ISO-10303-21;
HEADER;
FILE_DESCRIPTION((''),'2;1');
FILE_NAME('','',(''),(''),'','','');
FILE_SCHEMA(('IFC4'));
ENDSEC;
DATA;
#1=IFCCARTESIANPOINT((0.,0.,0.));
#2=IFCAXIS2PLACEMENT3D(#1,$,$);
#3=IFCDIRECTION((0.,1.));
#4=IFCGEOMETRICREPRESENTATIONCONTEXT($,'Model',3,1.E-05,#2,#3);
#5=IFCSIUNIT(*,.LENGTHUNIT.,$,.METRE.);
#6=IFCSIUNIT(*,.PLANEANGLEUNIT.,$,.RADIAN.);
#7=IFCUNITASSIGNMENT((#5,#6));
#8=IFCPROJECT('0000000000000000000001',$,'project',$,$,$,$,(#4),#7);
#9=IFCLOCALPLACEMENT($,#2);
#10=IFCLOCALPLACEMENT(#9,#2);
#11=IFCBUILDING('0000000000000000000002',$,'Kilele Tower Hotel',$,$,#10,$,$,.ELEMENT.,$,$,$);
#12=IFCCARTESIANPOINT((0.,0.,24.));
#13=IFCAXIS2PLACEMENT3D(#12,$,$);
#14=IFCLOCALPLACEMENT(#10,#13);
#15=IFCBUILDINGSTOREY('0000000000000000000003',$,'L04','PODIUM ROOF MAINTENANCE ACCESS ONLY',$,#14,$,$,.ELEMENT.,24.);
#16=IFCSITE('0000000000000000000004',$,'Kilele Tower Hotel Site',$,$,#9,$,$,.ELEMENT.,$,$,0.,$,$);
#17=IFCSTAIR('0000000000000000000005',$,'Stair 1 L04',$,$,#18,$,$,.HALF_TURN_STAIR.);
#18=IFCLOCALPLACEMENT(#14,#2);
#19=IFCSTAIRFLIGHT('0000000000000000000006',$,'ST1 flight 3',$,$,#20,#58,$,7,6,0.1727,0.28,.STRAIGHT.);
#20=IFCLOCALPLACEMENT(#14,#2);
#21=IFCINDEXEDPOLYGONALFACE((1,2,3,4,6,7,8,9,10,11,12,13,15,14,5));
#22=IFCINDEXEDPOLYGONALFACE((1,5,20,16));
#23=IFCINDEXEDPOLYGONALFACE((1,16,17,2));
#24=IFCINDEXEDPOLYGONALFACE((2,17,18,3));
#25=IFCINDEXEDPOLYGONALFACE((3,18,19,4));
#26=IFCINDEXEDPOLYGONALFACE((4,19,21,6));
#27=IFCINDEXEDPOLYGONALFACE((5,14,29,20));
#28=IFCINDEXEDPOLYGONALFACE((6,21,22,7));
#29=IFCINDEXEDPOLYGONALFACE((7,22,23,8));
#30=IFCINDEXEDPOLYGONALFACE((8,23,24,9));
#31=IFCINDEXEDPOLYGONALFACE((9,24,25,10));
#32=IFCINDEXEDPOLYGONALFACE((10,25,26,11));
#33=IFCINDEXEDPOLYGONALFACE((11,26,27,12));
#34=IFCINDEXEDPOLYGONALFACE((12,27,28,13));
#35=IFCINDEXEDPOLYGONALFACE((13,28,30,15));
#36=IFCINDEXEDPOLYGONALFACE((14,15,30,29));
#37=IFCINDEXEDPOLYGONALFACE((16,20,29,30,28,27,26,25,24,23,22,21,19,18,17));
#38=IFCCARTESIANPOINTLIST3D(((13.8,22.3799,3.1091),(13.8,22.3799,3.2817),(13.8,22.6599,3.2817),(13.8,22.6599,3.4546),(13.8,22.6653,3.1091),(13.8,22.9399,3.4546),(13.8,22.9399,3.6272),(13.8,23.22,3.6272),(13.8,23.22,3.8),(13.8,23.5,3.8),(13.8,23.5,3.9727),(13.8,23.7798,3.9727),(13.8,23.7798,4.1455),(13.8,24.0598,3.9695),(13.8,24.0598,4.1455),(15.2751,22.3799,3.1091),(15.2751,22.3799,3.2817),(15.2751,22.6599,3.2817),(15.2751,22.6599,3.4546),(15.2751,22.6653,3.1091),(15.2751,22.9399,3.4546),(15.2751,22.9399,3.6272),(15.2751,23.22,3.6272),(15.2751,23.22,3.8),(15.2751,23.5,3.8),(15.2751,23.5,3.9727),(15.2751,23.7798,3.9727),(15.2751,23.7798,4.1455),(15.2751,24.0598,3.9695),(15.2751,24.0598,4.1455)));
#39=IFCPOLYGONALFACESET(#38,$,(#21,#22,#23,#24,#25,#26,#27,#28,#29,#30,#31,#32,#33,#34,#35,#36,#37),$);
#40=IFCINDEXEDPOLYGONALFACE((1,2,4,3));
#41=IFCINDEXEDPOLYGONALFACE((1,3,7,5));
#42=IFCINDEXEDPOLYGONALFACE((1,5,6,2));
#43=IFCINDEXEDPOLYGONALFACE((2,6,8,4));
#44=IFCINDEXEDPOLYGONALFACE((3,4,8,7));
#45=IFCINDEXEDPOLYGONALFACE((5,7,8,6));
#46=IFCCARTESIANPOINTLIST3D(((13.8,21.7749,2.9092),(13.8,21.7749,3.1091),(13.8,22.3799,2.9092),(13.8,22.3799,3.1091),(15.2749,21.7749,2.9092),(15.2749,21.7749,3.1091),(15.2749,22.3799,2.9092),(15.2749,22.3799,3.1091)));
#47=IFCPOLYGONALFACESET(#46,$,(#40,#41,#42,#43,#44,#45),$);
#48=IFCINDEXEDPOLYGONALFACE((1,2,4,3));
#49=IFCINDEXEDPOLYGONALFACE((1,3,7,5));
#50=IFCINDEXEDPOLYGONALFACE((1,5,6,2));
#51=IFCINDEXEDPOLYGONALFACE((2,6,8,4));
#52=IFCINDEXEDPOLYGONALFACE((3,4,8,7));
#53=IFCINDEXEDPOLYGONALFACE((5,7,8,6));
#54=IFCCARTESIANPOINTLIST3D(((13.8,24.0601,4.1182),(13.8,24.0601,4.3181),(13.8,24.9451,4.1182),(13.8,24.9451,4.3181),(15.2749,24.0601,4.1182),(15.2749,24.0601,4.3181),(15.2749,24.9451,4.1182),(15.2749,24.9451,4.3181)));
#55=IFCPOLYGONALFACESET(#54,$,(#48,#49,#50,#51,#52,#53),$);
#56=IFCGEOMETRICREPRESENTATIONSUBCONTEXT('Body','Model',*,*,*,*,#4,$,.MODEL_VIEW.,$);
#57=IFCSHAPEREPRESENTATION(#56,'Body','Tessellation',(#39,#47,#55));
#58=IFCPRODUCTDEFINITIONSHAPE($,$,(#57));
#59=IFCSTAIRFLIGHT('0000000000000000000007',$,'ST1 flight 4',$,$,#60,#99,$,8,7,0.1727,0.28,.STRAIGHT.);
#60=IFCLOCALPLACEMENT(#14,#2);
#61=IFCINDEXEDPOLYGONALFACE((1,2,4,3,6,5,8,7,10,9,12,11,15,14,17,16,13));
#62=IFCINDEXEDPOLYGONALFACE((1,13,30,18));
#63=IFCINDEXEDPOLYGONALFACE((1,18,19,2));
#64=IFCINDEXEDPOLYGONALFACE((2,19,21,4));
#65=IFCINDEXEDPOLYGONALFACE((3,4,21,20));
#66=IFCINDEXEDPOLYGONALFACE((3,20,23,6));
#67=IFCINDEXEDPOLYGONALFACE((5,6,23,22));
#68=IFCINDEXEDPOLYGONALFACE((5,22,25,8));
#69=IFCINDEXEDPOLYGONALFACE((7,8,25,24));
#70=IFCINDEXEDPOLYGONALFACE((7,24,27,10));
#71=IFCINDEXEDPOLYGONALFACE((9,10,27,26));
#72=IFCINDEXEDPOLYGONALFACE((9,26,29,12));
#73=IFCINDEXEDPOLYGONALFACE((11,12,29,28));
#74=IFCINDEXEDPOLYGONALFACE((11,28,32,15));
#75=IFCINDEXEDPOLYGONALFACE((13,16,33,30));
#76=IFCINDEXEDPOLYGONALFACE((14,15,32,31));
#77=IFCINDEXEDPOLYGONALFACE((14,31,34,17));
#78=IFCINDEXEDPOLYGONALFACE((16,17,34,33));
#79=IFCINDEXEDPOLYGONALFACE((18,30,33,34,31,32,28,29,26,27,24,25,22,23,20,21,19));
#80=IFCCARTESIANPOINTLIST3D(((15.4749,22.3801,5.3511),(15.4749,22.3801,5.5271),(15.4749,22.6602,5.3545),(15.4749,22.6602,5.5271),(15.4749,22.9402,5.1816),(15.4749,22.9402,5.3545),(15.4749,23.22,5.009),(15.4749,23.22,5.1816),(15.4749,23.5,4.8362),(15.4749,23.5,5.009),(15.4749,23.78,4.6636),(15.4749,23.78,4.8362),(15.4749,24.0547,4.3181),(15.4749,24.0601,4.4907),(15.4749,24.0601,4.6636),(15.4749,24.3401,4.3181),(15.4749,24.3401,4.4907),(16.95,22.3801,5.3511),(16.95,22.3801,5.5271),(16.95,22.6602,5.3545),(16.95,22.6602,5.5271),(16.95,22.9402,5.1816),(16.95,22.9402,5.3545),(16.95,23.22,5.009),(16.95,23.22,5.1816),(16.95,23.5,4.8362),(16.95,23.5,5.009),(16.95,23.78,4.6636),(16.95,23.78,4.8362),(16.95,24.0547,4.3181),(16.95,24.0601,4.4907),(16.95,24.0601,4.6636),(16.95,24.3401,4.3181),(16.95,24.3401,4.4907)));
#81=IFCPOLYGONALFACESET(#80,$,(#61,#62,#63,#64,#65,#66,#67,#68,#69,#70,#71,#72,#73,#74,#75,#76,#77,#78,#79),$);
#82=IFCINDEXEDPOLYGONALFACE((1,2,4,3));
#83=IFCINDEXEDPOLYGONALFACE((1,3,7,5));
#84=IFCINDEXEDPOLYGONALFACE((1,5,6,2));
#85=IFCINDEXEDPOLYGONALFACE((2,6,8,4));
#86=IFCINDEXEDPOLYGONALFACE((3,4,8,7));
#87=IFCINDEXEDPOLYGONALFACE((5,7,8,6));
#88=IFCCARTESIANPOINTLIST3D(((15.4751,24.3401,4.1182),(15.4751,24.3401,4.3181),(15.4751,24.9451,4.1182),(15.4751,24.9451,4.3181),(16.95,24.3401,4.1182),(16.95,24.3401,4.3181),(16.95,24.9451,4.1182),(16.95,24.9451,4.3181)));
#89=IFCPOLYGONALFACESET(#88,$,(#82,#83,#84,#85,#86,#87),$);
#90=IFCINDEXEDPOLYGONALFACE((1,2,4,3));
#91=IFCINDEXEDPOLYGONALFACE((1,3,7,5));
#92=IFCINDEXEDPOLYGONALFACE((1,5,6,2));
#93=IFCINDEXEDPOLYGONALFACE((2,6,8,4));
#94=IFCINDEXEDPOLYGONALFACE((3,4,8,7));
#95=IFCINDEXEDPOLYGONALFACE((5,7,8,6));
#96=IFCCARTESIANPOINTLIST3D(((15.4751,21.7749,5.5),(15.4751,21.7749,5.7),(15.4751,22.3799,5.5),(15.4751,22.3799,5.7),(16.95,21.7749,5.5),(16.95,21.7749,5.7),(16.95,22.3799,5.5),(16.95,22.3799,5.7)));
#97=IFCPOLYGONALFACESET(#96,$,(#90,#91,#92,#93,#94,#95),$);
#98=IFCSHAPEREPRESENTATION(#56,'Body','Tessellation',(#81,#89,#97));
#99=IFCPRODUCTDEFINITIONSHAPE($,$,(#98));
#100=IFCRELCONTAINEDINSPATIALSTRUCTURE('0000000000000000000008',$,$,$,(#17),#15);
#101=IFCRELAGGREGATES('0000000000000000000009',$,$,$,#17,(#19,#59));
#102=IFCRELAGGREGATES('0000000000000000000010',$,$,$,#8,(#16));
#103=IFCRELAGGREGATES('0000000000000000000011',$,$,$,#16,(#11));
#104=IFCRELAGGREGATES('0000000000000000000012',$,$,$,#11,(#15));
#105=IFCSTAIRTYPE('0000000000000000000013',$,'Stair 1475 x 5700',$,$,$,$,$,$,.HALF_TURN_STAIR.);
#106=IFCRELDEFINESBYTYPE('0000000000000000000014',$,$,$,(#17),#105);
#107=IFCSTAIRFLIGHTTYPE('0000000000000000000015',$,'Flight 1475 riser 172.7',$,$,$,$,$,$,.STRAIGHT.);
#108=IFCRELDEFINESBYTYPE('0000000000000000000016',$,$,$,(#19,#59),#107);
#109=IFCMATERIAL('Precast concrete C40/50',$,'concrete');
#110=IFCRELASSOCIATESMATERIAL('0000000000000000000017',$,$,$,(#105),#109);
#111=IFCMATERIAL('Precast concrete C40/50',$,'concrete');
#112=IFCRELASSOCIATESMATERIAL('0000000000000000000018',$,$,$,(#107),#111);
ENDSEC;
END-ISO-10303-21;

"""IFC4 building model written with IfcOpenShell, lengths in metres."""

from ifc_helpers import new_model, si_unit, direction, frame, origin, place, context, subcontext, project, spatial, polyline, outline, extrude, material, type_object, element, aggregate, save


model = new_model("IFC4")

# Units and contexts
model_context = context("Model", 3, precision=1e-05, world=origin(), true_north=direction((0.0, 1.0)))
body_context = subcontext(model_context, "Body", "Model", "MODEL_VIEW")
ifc_project = project(units=[si_unit("LENGTHUNIT", "METRE"), si_unit("PLANEANGLEUNIT", "RADIAN")], contexts=[model_context])

# Site, building, storey
site_placement = place(None, origin())
site = spatial("IfcSite", under=ifc_project, at=site_placement, Name="Kilele Tower Hotel Site", CompositionType="ELEMENT", RefElevation=0.0)
building_placement = place(site_placement, origin())
building = spatial("IfcBuilding", under=site, at=building_placement, Name="Kilele Tower Hotel", CompositionType="ELEMENT")
storey_placement = place(building_placement, frame((0.0, 0.0, 24.0)))
storey = spatial("IfcBuildingStorey", under=building, at=storey_placement, Name="L04", Description="PODIUM ROOF MAINTENANCE ACCESS ONLY", CompositionType="ELEMENT", Elevation=24.0)

# Stair, stair flights
ifc_material_1 = material(Name="Precast concrete C40/50", Category="concrete")
stair_type = type_object("IfcStairType", Name="Stair 1475 x 5700", PredefinedType="HALF_TURN_STAIR", material=ifc_material_1)
stair_placement = place(storey_placement, origin())
stair = element("IfcStair", 1, at=stair_placement, inside=storey, type_object=stair_type, Name="Stair 1 L04", PredefinedType="HALF_TURN_STAIR")
ifc_material_2 = material(Name="Precast concrete C40/50", Category="concrete")
stair_flight_type = type_object("IfcStairFlightType", Name="Flight 1475 riser 172.7", PredefinedType="STRAIGHT", material=ifc_material_2)
stair_flight_1_placement = place(storey_placement, frame((14.5376, 22.3799, 3.1091), z_axis=(0.0, 0.0, 1.0), x_axis=(0.0, 1.0, 0.0)))
stair_flight_1 = element("IfcStairFlight", 2, at=stair_flight_1_placement, type_object=stair_flight_type, Name="ST1 flight 3", NumberOfRisers=7, NumberOfTreads=6, PredefinedType="STRAIGHT", RiserHeight=0.1727, TreadLength=0.28, context=body_context, shape_type="SweptSolid", body=[
    extrude(outline(polyline([(0.0, 0.0), (0.0, 0.1726), (0.28, 0.1726), (0.28, 0.3455), (0.5601, 0.3455), (0.5601, 0.5181), (0.8401, 0.5181), (0.8401, 0.6909), (1.1201, 0.6909), (1.1201, 0.8635), (1.3999, 0.8635), (1.3999, 1.0364), (1.6799, 1.0364), (1.6799, 1.209), (1.6799, 0.8604), (0.2854, 0.0), (0.0, 0.0)])), frame((0.0, 0.7375, 0.0), z_axis=(0.0, -1.0, 0.0), x_axis=(1.0, 0.0, 0.0)), (0.0, 0.0, 1.0), 1.4751),
    extrude(outline(polyline([(-0.605, 0.7375), (-0.605, -0.7373), (0.0, -0.7373), (0.0, 0.7375), (-0.605, 0.7375)])), frame((0.0, 0.0, -0.2)), (0.0, 0.0, 1.0), 0.2),
    extrude(outline(polyline([(1.6802, 0.7375), (1.6802, -0.7373), (2.5652, -0.7373), (2.5652, 0.7375), (1.6802, 0.7375)])), frame((0.0, 0.0, 1.009)), (0.0, 0.0, 1.0), 0.2),
])
stair_flight_2_placement = place(storey_placement, frame((16.2124, 24.3401, 4.3181), z_axis=(0.0, 0.0, 1.0), x_axis=(0.0, -1.0, 0.0)))
stair_flight_2 = element("IfcStairFlight", 3, at=stair_flight_2_placement, type_object=stair_flight_type, Name="ST1 flight 4", NumberOfRisers=8, NumberOfTreads=7, PredefinedType="STRAIGHT", RiserHeight=0.1727, TreadLength=0.28, context=body_context, shape_type="SweptSolid", body=[
    extrude(outline(polyline([(0.0, 0.0), (0.0, 0.1726), (0.28, 0.1726), (0.28, 0.3455), (0.5601, 0.3455), (0.5601, 0.5181), (0.8401, 0.5181), (0.8401, 0.6909), (1.1201, 0.6909), (1.1201, 0.8635), (1.3999, 0.8635), (1.3999, 1.0364), (1.6799, 1.0364), (1.6799, 1.209), (1.96, 1.209), (1.96, 1.3818), (1.96, 1.033), (0.2854, 0.0), (0.0, 0.0)])), frame((0.0, 0.7375, 0.0), z_axis=(0.0, -1.0, 0.0), x_axis=(1.0, 0.0, 0.0)), (0.0, 0.0, 1.0), 1.4751),
    extrude(outline(polyline([(0.0, -0.7373), (0.0, 0.7375), (-0.605, 0.7375), (-0.605, -0.7373), (0.0, -0.7373)])), frame((0.0, 0.0, -0.2)), (0.0, 0.0, 1.0), 0.2),
    extrude(outline(polyline([(2.5652, -0.7373), (2.5652, 0.7375), (1.9602, 0.7375), (1.9602, -0.7373), (2.5652, -0.7373)])), frame((0.0, 0.0, 1.1819)), (0.0, 0.0, 1.0), 0.2),
])
aggregate(stair, [stair_flight_1, stair_flight_2])

save(model, "model.ifc")
